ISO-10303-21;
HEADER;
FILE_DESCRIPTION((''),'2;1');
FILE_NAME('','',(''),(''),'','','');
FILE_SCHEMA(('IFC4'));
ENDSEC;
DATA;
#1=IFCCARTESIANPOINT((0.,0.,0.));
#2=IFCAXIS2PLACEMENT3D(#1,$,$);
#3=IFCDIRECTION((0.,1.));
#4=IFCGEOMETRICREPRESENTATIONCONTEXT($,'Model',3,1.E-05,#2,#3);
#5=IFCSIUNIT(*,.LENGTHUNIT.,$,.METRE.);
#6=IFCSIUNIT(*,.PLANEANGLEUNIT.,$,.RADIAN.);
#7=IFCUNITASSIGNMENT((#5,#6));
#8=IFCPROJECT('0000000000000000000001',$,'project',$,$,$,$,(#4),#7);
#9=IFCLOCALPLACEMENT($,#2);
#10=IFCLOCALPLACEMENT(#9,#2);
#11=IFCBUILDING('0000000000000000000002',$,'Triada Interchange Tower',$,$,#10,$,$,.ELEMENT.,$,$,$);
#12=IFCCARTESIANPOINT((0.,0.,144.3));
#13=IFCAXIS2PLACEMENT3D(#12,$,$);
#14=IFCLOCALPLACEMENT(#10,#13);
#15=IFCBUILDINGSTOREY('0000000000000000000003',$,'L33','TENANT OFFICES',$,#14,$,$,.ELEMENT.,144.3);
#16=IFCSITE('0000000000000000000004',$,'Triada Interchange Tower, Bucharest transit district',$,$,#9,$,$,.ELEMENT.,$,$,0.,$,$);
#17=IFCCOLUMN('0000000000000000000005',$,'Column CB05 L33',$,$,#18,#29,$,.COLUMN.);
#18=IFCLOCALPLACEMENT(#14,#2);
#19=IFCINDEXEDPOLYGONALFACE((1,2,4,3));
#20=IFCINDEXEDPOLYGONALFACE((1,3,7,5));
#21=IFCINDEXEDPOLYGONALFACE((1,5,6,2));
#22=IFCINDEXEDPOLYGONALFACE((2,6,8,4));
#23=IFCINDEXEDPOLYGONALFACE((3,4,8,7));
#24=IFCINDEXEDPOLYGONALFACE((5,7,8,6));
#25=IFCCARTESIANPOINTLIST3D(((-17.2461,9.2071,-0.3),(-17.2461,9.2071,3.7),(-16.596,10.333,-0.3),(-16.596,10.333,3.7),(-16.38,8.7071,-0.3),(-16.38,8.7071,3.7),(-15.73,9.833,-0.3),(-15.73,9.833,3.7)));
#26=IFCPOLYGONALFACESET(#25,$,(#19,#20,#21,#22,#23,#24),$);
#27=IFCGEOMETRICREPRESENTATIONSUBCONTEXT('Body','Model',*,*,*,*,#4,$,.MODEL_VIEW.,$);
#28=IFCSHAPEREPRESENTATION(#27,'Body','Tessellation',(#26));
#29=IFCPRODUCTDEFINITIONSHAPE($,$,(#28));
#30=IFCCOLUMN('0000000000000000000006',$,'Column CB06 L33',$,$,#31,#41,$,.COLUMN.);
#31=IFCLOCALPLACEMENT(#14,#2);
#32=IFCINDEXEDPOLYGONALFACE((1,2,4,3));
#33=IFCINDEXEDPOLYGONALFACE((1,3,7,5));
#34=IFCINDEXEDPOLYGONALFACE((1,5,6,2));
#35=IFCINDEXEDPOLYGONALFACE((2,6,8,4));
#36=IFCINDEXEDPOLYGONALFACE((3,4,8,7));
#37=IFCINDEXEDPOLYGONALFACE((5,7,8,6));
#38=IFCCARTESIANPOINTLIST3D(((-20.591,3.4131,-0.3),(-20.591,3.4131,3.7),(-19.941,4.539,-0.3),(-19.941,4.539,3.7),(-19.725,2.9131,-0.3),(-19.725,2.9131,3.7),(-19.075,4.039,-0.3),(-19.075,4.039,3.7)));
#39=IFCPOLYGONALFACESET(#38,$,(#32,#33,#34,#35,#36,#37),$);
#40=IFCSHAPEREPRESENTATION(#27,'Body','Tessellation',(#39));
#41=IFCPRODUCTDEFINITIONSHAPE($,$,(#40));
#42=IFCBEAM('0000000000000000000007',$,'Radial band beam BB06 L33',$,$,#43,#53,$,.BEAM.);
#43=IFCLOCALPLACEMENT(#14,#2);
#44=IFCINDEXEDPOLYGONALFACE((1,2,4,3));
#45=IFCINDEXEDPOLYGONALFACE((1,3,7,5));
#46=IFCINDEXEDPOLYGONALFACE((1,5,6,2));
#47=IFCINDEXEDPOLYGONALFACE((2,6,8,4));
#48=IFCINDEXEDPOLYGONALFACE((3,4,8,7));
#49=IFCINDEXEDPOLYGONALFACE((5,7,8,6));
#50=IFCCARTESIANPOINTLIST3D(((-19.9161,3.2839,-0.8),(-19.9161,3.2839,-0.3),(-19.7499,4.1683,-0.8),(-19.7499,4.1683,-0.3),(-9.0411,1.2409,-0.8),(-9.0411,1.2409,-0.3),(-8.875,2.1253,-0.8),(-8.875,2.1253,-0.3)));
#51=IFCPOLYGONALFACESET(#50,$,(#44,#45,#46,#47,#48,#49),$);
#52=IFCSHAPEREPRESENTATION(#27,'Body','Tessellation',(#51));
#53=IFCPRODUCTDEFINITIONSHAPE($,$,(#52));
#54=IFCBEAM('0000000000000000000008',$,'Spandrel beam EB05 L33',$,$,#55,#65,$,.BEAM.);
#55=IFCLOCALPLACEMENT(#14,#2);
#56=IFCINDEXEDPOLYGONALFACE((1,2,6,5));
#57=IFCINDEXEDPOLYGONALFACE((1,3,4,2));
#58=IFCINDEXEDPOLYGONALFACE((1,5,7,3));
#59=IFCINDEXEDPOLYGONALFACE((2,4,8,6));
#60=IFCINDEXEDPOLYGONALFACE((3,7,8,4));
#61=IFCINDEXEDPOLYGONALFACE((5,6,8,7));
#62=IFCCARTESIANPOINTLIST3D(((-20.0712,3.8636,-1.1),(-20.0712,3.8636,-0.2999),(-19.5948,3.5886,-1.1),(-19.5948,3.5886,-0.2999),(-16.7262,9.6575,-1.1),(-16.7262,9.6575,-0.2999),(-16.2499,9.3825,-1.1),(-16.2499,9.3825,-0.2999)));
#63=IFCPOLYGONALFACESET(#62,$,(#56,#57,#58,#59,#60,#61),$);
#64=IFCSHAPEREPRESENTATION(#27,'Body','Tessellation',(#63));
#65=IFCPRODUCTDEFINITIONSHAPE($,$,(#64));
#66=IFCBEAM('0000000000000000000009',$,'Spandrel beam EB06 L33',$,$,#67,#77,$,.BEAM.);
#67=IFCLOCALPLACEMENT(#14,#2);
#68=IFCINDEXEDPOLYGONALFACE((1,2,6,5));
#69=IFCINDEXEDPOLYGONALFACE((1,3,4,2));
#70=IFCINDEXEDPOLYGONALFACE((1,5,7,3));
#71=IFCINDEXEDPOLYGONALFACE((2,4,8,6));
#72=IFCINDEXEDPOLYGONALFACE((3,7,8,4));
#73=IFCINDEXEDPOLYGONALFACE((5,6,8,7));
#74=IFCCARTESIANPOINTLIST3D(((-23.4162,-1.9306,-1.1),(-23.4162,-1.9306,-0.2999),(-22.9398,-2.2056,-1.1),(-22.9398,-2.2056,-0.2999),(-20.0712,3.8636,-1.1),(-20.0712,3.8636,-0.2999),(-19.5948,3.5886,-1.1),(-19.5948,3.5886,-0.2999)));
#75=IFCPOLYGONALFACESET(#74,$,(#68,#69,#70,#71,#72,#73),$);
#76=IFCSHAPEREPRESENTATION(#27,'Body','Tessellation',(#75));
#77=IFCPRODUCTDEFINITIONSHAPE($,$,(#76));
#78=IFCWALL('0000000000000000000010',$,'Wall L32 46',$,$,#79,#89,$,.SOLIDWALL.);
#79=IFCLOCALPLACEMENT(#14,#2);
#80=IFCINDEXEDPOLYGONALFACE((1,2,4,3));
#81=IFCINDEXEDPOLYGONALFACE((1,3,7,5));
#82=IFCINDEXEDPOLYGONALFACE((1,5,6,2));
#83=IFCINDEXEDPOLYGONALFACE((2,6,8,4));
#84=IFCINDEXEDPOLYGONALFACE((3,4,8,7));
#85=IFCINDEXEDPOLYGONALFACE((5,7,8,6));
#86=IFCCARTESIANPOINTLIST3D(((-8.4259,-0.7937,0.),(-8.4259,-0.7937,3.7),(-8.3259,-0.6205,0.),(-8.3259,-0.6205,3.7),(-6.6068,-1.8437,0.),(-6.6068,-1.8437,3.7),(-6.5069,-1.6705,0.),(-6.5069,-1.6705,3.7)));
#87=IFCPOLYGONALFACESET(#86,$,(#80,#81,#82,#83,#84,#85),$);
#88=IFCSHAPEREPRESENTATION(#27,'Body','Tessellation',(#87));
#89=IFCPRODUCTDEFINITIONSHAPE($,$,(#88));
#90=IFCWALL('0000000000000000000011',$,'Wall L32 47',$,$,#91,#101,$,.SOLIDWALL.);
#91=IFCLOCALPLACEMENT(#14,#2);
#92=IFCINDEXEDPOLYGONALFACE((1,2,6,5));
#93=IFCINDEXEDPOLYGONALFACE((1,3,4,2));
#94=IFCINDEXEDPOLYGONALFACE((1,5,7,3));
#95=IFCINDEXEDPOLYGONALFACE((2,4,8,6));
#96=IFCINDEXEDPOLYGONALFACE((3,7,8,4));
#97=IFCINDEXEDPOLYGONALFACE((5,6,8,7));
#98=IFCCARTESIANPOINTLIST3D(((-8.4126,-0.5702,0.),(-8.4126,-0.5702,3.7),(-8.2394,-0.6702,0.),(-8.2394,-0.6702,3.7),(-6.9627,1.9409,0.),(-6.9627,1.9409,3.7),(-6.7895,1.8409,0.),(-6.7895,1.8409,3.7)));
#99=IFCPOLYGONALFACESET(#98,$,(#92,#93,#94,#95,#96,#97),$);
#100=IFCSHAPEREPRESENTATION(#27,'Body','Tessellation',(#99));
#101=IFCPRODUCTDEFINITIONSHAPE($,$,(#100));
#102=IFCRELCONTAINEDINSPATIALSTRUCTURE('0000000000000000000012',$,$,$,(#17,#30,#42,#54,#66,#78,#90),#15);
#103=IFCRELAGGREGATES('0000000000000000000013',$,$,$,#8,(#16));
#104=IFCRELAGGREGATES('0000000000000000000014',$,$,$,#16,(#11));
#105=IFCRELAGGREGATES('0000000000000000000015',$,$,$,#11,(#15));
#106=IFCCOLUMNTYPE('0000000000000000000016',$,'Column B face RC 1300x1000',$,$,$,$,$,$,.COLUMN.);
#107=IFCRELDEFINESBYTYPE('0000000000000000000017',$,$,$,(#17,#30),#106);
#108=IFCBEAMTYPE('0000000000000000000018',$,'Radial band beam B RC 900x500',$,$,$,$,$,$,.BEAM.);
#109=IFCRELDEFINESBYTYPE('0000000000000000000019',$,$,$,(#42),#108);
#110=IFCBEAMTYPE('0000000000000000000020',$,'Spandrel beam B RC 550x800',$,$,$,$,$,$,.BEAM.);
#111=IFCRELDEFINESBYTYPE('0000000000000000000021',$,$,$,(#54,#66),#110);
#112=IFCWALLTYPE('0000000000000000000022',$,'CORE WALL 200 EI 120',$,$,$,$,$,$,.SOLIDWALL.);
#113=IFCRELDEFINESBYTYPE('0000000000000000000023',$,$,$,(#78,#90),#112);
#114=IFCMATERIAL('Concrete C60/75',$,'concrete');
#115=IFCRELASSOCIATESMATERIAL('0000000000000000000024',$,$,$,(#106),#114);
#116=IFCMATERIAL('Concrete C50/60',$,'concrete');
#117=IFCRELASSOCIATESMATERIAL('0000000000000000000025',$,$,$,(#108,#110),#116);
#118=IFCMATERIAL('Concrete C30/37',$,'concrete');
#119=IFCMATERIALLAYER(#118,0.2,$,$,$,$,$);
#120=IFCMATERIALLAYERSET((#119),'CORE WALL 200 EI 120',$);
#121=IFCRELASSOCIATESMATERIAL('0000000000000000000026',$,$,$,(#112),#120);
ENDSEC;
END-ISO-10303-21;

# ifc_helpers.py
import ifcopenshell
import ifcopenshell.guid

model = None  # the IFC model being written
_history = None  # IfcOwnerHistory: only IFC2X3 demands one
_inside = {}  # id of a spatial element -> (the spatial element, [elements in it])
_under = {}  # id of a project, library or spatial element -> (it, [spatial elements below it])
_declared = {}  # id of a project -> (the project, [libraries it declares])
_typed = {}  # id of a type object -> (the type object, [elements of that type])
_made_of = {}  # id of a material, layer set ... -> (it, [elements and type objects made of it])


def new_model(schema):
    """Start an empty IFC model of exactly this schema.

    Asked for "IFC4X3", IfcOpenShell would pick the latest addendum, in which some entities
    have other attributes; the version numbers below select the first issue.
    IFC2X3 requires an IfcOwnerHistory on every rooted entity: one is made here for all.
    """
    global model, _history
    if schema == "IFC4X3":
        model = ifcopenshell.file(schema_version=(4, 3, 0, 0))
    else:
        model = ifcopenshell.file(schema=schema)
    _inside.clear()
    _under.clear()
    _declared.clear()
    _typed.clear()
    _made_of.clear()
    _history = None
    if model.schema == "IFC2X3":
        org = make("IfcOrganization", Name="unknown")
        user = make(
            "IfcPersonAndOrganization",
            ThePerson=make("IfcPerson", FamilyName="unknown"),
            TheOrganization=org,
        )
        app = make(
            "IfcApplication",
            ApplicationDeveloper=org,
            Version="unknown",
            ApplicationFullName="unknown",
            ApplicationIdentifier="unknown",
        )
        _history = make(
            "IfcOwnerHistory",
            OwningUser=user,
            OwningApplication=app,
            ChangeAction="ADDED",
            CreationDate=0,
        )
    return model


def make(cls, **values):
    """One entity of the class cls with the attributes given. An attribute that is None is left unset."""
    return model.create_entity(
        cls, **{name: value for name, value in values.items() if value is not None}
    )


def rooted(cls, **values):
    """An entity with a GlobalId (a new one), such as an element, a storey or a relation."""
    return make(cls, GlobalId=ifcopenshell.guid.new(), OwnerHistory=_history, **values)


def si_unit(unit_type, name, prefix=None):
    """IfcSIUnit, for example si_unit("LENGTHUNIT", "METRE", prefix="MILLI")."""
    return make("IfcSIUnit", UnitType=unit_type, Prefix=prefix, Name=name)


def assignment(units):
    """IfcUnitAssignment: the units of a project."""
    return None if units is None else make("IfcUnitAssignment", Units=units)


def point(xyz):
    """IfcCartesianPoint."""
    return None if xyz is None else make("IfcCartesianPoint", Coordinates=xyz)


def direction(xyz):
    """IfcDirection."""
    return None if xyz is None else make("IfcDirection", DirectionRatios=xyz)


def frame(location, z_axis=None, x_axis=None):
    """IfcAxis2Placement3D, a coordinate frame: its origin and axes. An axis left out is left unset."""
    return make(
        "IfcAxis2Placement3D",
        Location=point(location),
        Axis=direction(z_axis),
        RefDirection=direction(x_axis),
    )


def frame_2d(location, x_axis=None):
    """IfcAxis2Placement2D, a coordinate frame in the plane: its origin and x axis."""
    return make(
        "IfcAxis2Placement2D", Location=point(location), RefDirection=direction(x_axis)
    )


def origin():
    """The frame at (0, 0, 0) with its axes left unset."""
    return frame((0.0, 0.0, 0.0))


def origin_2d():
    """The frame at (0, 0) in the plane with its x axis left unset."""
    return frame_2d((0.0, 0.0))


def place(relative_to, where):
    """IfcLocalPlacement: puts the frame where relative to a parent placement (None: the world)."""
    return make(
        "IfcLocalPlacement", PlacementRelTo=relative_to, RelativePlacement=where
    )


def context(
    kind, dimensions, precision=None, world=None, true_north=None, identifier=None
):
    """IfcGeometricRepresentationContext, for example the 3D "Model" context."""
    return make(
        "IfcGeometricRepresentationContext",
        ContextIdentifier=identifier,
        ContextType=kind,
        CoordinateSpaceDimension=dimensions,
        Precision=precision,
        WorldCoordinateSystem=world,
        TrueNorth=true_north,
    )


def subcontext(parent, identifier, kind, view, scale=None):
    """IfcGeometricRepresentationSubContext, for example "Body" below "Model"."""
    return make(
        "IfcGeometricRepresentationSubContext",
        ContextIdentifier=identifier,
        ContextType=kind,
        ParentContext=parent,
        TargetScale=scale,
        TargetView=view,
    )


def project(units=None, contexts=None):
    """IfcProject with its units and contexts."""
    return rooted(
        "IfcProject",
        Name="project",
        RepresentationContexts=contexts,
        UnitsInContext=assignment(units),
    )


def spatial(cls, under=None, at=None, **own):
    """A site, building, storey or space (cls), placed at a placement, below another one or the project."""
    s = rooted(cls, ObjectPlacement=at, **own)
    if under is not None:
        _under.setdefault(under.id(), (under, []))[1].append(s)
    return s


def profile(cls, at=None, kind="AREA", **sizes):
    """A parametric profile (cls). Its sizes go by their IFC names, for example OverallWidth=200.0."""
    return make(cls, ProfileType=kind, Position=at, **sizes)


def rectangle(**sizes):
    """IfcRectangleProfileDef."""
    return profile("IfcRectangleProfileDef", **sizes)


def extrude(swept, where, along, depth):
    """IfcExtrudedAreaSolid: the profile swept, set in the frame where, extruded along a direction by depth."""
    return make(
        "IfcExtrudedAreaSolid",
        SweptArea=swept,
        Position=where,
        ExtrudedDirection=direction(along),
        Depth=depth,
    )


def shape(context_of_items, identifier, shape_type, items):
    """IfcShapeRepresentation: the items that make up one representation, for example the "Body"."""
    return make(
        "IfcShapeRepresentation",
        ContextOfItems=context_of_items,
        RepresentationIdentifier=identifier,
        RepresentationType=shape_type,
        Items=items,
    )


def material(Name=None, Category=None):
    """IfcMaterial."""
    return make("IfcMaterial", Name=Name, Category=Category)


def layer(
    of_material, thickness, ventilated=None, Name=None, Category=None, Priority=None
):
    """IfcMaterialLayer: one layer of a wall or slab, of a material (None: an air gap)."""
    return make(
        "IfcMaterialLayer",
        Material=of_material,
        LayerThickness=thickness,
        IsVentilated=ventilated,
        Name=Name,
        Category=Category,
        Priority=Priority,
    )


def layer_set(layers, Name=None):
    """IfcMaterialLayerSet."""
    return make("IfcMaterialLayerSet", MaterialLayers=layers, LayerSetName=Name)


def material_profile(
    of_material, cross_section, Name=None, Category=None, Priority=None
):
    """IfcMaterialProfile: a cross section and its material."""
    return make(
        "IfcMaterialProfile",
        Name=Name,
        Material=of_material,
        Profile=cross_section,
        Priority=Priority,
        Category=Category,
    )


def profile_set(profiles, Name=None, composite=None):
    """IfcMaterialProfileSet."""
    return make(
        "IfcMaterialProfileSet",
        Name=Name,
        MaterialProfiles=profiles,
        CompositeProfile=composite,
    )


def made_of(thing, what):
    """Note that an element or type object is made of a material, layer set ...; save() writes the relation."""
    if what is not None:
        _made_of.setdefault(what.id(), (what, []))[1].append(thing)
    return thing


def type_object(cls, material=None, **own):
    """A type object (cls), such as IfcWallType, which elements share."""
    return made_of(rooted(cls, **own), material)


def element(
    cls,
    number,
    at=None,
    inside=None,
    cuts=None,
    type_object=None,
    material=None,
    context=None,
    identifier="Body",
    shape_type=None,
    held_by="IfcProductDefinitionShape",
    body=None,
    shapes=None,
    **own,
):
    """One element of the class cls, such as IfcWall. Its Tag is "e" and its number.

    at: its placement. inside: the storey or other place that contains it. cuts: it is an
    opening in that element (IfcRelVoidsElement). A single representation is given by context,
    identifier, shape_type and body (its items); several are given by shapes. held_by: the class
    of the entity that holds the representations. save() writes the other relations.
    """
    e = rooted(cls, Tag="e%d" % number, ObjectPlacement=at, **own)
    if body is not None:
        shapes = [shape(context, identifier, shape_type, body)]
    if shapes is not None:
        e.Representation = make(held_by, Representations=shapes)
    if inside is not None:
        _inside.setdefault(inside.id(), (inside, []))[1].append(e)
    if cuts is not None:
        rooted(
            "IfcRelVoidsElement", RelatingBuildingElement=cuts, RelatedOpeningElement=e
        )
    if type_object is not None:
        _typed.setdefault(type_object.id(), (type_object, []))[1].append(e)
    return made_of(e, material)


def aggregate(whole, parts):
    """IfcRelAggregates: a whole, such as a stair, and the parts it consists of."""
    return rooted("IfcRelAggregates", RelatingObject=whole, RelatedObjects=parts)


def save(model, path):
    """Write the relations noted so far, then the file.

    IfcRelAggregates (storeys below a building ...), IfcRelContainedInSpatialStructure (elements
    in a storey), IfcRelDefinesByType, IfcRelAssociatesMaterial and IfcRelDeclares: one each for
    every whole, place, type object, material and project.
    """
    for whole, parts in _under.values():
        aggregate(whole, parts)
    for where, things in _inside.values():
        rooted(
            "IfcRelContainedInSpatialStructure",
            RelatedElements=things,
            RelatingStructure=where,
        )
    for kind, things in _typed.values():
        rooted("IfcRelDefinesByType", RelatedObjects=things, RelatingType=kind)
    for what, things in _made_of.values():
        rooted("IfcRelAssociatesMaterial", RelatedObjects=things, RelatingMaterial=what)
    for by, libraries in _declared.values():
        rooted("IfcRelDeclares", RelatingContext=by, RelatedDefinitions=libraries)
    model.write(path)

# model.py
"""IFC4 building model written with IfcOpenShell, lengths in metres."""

from ifc_helpers import new_model, si_unit, direction, frame, frame_2d, origin, origin_2d, place, context, subcontext, project, spatial, rectangle, extrude, material, layer, layer_set, material_profile, profile_set, type_object, element, save


model = new_model("IFC4")

# Units and contexts
model_context = context("Model", 3, precision=1e-05, world=origin(), true_north=direction((0.0, 1.0)))
body_context = subcontext(model_context, "Body", "Model", "MODEL_VIEW")
ifc_project = project(units=[si_unit("LENGTHUNIT", "METRE"), si_unit("PLANEANGLEUNIT", "RADIAN")], contexts=[model_context])

# Site, building, storey
site_placement = place(None, origin())
site = spatial("IfcSite", under=ifc_project, at=site_placement, Name="Triada Interchange Tower, Bucharest transit district", CompositionType="ELEMENT", RefElevation=0.0)
building_placement = place(site_placement, origin())
building = spatial("IfcBuilding", under=site, at=building_placement, Name="Triada Interchange Tower", CompositionType="ELEMENT")
storey_placement = place(building_placement, frame((0.0, 0.0, 144.3)))
storey = spatial("IfcBuildingStorey", under=building, at=storey_placement, Name="L33", Description="TENANT OFFICES", CompositionType="ELEMENT", Elevation=144.3)

# Columns
ifc_material_1 = material(Name="Concrete C60/75", Category="concrete")
ifc_material_profile_1 = material_profile(ifc_material_1, rectangle(XDim=1.3, YDim=1.0, at=origin_2d()), Name="RC 1300x1000")
ifc_profile_set_1 = profile_set([ifc_material_profile_1], Name="Concrete C60/75")
column_type = type_object("IfcColumnType", Name="Column B face RC 1300x1000", PredefinedType="COLUMN", material=ifc_profile_set_1)
for number, where, z_axis, x_axis, name in (
    (1, (-16.488, 9.52, -0.3), (0.0, 0.0, 1.0), (0.5, 0.866025, 0.0), "Column CB05 L33"),
    (2, (-19.833, 3.7261, -0.3), (0.0, 0.0, 1.0), (0.5, 0.866025, 0.0), "Column CB06 L33"),
):
    element("IfcColumn", number, at=place(storey_placement, frame(where, z_axis=z_axis, x_axis=x_axis)), inside=storey, type_object=column_type, Name=name, PredefinedType="COLUMN", context=body_context, shape_type="SweptSolid", body=[
        extrude(rectangle(XDim=1.3, YDim=1.0, at=origin_2d()), origin(), (0.0, 0.0, 1.0), 4.0),
    ])

# Beams
ifc_material_2 = material(Name="Concrete C50/60", Category="concrete")
ifc_material_profile_2 = material_profile(ifc_material_2, rectangle(XDim=0.8999, YDim=0.5, at=origin_2d()), Name="RC 900x500")
ifc_profile_set_2 = profile_set([ifc_material_profile_2], Name="Concrete C50/60")
beam_type_1 = type_object("IfcBeamType", Name="Radial band beam B RC 900x500", PredefinedType="BEAM", material=ifc_profile_set_2)
beam_1_placement = place(storey_placement, frame((-19.833, 3.7261, -0.55), z_axis=(0.982808, -0.18463, 0.0), x_axis=(0.18463, 0.982808, 0.0)))
element("IfcBeam", 3, at=beam_1_placement, inside=storey, type_object=beam_type_1, Name="Radial band beam BB06 L33", PredefinedType="BEAM", context=body_context, shape_type="SweptSolid", body=[
    extrude(rectangle(XDim=0.8999, YDim=0.5, at=origin_2d()), origin(), (0.0, 0.0, 1.0), 11.0652),
])
ifc_material_profile_3 = material_profile(ifc_material_2, rectangle(XDim=0.55, YDim=0.8, at=origin_2d()), Name="RC 550x800")
ifc_profile_set_3 = profile_set([ifc_material_profile_3], Name="Concrete C50/60")
beam_type_2 = type_object("IfcBeamType", Name="Spandrel beam B RC 550x800", PredefinedType="BEAM", material=ifc_profile_set_3)
beam_2_placement = place(storey_placement, frame((-16.488, 9.52, -0.7), z_axis=(-0.499981, -0.866036, 0.0), x_axis=(0.866036, -0.499981, 0.0)))
element("IfcBeam", 4, at=beam_2_placement, inside=storey, type_object=beam_type_2, Name="Spandrel beam EB05 L33", PredefinedType="BEAM", context=body_context, shape_type="SweptSolid", body=[
    extrude(rectangle(XDim=0.55, YDim=0.8, at=origin_2d()), origin(), (0.0, 0.0, 1.0), 6.6902),
])
beam_3_placement = place(storey_placement, frame((-19.833, 3.7261, -0.7), z_axis=(-0.499966, -0.866045, 0.0), x_axis=(0.866045, -0.499966, 0.0)))
element("IfcBeam", 5, at=beam_3_placement, inside=storey, type_object=beam_type_2, Name="Spandrel beam EB06 L33", PredefinedType="BEAM", context=body_context, shape_type="SweptSolid", body=[
    extrude(rectangle(XDim=0.55, YDim=0.8, at=origin_2d()), origin(), (0.0, 0.0, 1.0), 6.6904),
])

# Walls
ifc_material_3 = material(Name="Concrete C30/37", Category="concrete")
ifc_layer_1 = layer(ifc_material_3, 0.2)
ifc_layer_set_1 = layer_set([ifc_layer_1], Name="CORE WALL 200 EI 120")
wall_type_1 = type_object("IfcWallType", Name="CORE WALL 200 EI 120", PredefinedType="SOLIDWALL", material=ifc_layer_set_1)
wall_1_placement = place(storey_placement, frame((-8.376, -0.707, 0.0), z_axis=(0.0, 0.0, 1.0), x_axis=(0.866068, -0.499927, 0.0)))
element("IfcWall", 6, at=wall_1_placement, inside=storey, type_object=wall_type_1, Name="Wall L32 46", PredefinedType="SOLIDWALL", context=body_context, shape_type="SweptSolid", body=[
    extrude(rectangle(XDim=2.1003, YDim=0.2, at=frame_2d((1.0503, 0.0))), origin(), (0.0, 0.0, 1.0), 3.7),
])
wall_2_placement = place(storey_placement, frame((-8.3259, -0.6201, 0.0), z_axis=(0.0, 0.0, 1.0), x_axis=(0.500024, 0.866012, 0.0)))
element("IfcWall", 7, at=wall_2_placement, inside=storey, type_object=wall_type_1, Name="Wall L32 47", PredefinedType="SOLIDWALL", context=body_context, shape_type="SweptSolid", body=[
    extrude(rectangle(XDim=2.8997, YDim=0.2, at=frame_2d((1.4497, 0.0))), origin(), (0.0, 0.0, 1.0), 3.7),
])

save(model, "model.ifc")
